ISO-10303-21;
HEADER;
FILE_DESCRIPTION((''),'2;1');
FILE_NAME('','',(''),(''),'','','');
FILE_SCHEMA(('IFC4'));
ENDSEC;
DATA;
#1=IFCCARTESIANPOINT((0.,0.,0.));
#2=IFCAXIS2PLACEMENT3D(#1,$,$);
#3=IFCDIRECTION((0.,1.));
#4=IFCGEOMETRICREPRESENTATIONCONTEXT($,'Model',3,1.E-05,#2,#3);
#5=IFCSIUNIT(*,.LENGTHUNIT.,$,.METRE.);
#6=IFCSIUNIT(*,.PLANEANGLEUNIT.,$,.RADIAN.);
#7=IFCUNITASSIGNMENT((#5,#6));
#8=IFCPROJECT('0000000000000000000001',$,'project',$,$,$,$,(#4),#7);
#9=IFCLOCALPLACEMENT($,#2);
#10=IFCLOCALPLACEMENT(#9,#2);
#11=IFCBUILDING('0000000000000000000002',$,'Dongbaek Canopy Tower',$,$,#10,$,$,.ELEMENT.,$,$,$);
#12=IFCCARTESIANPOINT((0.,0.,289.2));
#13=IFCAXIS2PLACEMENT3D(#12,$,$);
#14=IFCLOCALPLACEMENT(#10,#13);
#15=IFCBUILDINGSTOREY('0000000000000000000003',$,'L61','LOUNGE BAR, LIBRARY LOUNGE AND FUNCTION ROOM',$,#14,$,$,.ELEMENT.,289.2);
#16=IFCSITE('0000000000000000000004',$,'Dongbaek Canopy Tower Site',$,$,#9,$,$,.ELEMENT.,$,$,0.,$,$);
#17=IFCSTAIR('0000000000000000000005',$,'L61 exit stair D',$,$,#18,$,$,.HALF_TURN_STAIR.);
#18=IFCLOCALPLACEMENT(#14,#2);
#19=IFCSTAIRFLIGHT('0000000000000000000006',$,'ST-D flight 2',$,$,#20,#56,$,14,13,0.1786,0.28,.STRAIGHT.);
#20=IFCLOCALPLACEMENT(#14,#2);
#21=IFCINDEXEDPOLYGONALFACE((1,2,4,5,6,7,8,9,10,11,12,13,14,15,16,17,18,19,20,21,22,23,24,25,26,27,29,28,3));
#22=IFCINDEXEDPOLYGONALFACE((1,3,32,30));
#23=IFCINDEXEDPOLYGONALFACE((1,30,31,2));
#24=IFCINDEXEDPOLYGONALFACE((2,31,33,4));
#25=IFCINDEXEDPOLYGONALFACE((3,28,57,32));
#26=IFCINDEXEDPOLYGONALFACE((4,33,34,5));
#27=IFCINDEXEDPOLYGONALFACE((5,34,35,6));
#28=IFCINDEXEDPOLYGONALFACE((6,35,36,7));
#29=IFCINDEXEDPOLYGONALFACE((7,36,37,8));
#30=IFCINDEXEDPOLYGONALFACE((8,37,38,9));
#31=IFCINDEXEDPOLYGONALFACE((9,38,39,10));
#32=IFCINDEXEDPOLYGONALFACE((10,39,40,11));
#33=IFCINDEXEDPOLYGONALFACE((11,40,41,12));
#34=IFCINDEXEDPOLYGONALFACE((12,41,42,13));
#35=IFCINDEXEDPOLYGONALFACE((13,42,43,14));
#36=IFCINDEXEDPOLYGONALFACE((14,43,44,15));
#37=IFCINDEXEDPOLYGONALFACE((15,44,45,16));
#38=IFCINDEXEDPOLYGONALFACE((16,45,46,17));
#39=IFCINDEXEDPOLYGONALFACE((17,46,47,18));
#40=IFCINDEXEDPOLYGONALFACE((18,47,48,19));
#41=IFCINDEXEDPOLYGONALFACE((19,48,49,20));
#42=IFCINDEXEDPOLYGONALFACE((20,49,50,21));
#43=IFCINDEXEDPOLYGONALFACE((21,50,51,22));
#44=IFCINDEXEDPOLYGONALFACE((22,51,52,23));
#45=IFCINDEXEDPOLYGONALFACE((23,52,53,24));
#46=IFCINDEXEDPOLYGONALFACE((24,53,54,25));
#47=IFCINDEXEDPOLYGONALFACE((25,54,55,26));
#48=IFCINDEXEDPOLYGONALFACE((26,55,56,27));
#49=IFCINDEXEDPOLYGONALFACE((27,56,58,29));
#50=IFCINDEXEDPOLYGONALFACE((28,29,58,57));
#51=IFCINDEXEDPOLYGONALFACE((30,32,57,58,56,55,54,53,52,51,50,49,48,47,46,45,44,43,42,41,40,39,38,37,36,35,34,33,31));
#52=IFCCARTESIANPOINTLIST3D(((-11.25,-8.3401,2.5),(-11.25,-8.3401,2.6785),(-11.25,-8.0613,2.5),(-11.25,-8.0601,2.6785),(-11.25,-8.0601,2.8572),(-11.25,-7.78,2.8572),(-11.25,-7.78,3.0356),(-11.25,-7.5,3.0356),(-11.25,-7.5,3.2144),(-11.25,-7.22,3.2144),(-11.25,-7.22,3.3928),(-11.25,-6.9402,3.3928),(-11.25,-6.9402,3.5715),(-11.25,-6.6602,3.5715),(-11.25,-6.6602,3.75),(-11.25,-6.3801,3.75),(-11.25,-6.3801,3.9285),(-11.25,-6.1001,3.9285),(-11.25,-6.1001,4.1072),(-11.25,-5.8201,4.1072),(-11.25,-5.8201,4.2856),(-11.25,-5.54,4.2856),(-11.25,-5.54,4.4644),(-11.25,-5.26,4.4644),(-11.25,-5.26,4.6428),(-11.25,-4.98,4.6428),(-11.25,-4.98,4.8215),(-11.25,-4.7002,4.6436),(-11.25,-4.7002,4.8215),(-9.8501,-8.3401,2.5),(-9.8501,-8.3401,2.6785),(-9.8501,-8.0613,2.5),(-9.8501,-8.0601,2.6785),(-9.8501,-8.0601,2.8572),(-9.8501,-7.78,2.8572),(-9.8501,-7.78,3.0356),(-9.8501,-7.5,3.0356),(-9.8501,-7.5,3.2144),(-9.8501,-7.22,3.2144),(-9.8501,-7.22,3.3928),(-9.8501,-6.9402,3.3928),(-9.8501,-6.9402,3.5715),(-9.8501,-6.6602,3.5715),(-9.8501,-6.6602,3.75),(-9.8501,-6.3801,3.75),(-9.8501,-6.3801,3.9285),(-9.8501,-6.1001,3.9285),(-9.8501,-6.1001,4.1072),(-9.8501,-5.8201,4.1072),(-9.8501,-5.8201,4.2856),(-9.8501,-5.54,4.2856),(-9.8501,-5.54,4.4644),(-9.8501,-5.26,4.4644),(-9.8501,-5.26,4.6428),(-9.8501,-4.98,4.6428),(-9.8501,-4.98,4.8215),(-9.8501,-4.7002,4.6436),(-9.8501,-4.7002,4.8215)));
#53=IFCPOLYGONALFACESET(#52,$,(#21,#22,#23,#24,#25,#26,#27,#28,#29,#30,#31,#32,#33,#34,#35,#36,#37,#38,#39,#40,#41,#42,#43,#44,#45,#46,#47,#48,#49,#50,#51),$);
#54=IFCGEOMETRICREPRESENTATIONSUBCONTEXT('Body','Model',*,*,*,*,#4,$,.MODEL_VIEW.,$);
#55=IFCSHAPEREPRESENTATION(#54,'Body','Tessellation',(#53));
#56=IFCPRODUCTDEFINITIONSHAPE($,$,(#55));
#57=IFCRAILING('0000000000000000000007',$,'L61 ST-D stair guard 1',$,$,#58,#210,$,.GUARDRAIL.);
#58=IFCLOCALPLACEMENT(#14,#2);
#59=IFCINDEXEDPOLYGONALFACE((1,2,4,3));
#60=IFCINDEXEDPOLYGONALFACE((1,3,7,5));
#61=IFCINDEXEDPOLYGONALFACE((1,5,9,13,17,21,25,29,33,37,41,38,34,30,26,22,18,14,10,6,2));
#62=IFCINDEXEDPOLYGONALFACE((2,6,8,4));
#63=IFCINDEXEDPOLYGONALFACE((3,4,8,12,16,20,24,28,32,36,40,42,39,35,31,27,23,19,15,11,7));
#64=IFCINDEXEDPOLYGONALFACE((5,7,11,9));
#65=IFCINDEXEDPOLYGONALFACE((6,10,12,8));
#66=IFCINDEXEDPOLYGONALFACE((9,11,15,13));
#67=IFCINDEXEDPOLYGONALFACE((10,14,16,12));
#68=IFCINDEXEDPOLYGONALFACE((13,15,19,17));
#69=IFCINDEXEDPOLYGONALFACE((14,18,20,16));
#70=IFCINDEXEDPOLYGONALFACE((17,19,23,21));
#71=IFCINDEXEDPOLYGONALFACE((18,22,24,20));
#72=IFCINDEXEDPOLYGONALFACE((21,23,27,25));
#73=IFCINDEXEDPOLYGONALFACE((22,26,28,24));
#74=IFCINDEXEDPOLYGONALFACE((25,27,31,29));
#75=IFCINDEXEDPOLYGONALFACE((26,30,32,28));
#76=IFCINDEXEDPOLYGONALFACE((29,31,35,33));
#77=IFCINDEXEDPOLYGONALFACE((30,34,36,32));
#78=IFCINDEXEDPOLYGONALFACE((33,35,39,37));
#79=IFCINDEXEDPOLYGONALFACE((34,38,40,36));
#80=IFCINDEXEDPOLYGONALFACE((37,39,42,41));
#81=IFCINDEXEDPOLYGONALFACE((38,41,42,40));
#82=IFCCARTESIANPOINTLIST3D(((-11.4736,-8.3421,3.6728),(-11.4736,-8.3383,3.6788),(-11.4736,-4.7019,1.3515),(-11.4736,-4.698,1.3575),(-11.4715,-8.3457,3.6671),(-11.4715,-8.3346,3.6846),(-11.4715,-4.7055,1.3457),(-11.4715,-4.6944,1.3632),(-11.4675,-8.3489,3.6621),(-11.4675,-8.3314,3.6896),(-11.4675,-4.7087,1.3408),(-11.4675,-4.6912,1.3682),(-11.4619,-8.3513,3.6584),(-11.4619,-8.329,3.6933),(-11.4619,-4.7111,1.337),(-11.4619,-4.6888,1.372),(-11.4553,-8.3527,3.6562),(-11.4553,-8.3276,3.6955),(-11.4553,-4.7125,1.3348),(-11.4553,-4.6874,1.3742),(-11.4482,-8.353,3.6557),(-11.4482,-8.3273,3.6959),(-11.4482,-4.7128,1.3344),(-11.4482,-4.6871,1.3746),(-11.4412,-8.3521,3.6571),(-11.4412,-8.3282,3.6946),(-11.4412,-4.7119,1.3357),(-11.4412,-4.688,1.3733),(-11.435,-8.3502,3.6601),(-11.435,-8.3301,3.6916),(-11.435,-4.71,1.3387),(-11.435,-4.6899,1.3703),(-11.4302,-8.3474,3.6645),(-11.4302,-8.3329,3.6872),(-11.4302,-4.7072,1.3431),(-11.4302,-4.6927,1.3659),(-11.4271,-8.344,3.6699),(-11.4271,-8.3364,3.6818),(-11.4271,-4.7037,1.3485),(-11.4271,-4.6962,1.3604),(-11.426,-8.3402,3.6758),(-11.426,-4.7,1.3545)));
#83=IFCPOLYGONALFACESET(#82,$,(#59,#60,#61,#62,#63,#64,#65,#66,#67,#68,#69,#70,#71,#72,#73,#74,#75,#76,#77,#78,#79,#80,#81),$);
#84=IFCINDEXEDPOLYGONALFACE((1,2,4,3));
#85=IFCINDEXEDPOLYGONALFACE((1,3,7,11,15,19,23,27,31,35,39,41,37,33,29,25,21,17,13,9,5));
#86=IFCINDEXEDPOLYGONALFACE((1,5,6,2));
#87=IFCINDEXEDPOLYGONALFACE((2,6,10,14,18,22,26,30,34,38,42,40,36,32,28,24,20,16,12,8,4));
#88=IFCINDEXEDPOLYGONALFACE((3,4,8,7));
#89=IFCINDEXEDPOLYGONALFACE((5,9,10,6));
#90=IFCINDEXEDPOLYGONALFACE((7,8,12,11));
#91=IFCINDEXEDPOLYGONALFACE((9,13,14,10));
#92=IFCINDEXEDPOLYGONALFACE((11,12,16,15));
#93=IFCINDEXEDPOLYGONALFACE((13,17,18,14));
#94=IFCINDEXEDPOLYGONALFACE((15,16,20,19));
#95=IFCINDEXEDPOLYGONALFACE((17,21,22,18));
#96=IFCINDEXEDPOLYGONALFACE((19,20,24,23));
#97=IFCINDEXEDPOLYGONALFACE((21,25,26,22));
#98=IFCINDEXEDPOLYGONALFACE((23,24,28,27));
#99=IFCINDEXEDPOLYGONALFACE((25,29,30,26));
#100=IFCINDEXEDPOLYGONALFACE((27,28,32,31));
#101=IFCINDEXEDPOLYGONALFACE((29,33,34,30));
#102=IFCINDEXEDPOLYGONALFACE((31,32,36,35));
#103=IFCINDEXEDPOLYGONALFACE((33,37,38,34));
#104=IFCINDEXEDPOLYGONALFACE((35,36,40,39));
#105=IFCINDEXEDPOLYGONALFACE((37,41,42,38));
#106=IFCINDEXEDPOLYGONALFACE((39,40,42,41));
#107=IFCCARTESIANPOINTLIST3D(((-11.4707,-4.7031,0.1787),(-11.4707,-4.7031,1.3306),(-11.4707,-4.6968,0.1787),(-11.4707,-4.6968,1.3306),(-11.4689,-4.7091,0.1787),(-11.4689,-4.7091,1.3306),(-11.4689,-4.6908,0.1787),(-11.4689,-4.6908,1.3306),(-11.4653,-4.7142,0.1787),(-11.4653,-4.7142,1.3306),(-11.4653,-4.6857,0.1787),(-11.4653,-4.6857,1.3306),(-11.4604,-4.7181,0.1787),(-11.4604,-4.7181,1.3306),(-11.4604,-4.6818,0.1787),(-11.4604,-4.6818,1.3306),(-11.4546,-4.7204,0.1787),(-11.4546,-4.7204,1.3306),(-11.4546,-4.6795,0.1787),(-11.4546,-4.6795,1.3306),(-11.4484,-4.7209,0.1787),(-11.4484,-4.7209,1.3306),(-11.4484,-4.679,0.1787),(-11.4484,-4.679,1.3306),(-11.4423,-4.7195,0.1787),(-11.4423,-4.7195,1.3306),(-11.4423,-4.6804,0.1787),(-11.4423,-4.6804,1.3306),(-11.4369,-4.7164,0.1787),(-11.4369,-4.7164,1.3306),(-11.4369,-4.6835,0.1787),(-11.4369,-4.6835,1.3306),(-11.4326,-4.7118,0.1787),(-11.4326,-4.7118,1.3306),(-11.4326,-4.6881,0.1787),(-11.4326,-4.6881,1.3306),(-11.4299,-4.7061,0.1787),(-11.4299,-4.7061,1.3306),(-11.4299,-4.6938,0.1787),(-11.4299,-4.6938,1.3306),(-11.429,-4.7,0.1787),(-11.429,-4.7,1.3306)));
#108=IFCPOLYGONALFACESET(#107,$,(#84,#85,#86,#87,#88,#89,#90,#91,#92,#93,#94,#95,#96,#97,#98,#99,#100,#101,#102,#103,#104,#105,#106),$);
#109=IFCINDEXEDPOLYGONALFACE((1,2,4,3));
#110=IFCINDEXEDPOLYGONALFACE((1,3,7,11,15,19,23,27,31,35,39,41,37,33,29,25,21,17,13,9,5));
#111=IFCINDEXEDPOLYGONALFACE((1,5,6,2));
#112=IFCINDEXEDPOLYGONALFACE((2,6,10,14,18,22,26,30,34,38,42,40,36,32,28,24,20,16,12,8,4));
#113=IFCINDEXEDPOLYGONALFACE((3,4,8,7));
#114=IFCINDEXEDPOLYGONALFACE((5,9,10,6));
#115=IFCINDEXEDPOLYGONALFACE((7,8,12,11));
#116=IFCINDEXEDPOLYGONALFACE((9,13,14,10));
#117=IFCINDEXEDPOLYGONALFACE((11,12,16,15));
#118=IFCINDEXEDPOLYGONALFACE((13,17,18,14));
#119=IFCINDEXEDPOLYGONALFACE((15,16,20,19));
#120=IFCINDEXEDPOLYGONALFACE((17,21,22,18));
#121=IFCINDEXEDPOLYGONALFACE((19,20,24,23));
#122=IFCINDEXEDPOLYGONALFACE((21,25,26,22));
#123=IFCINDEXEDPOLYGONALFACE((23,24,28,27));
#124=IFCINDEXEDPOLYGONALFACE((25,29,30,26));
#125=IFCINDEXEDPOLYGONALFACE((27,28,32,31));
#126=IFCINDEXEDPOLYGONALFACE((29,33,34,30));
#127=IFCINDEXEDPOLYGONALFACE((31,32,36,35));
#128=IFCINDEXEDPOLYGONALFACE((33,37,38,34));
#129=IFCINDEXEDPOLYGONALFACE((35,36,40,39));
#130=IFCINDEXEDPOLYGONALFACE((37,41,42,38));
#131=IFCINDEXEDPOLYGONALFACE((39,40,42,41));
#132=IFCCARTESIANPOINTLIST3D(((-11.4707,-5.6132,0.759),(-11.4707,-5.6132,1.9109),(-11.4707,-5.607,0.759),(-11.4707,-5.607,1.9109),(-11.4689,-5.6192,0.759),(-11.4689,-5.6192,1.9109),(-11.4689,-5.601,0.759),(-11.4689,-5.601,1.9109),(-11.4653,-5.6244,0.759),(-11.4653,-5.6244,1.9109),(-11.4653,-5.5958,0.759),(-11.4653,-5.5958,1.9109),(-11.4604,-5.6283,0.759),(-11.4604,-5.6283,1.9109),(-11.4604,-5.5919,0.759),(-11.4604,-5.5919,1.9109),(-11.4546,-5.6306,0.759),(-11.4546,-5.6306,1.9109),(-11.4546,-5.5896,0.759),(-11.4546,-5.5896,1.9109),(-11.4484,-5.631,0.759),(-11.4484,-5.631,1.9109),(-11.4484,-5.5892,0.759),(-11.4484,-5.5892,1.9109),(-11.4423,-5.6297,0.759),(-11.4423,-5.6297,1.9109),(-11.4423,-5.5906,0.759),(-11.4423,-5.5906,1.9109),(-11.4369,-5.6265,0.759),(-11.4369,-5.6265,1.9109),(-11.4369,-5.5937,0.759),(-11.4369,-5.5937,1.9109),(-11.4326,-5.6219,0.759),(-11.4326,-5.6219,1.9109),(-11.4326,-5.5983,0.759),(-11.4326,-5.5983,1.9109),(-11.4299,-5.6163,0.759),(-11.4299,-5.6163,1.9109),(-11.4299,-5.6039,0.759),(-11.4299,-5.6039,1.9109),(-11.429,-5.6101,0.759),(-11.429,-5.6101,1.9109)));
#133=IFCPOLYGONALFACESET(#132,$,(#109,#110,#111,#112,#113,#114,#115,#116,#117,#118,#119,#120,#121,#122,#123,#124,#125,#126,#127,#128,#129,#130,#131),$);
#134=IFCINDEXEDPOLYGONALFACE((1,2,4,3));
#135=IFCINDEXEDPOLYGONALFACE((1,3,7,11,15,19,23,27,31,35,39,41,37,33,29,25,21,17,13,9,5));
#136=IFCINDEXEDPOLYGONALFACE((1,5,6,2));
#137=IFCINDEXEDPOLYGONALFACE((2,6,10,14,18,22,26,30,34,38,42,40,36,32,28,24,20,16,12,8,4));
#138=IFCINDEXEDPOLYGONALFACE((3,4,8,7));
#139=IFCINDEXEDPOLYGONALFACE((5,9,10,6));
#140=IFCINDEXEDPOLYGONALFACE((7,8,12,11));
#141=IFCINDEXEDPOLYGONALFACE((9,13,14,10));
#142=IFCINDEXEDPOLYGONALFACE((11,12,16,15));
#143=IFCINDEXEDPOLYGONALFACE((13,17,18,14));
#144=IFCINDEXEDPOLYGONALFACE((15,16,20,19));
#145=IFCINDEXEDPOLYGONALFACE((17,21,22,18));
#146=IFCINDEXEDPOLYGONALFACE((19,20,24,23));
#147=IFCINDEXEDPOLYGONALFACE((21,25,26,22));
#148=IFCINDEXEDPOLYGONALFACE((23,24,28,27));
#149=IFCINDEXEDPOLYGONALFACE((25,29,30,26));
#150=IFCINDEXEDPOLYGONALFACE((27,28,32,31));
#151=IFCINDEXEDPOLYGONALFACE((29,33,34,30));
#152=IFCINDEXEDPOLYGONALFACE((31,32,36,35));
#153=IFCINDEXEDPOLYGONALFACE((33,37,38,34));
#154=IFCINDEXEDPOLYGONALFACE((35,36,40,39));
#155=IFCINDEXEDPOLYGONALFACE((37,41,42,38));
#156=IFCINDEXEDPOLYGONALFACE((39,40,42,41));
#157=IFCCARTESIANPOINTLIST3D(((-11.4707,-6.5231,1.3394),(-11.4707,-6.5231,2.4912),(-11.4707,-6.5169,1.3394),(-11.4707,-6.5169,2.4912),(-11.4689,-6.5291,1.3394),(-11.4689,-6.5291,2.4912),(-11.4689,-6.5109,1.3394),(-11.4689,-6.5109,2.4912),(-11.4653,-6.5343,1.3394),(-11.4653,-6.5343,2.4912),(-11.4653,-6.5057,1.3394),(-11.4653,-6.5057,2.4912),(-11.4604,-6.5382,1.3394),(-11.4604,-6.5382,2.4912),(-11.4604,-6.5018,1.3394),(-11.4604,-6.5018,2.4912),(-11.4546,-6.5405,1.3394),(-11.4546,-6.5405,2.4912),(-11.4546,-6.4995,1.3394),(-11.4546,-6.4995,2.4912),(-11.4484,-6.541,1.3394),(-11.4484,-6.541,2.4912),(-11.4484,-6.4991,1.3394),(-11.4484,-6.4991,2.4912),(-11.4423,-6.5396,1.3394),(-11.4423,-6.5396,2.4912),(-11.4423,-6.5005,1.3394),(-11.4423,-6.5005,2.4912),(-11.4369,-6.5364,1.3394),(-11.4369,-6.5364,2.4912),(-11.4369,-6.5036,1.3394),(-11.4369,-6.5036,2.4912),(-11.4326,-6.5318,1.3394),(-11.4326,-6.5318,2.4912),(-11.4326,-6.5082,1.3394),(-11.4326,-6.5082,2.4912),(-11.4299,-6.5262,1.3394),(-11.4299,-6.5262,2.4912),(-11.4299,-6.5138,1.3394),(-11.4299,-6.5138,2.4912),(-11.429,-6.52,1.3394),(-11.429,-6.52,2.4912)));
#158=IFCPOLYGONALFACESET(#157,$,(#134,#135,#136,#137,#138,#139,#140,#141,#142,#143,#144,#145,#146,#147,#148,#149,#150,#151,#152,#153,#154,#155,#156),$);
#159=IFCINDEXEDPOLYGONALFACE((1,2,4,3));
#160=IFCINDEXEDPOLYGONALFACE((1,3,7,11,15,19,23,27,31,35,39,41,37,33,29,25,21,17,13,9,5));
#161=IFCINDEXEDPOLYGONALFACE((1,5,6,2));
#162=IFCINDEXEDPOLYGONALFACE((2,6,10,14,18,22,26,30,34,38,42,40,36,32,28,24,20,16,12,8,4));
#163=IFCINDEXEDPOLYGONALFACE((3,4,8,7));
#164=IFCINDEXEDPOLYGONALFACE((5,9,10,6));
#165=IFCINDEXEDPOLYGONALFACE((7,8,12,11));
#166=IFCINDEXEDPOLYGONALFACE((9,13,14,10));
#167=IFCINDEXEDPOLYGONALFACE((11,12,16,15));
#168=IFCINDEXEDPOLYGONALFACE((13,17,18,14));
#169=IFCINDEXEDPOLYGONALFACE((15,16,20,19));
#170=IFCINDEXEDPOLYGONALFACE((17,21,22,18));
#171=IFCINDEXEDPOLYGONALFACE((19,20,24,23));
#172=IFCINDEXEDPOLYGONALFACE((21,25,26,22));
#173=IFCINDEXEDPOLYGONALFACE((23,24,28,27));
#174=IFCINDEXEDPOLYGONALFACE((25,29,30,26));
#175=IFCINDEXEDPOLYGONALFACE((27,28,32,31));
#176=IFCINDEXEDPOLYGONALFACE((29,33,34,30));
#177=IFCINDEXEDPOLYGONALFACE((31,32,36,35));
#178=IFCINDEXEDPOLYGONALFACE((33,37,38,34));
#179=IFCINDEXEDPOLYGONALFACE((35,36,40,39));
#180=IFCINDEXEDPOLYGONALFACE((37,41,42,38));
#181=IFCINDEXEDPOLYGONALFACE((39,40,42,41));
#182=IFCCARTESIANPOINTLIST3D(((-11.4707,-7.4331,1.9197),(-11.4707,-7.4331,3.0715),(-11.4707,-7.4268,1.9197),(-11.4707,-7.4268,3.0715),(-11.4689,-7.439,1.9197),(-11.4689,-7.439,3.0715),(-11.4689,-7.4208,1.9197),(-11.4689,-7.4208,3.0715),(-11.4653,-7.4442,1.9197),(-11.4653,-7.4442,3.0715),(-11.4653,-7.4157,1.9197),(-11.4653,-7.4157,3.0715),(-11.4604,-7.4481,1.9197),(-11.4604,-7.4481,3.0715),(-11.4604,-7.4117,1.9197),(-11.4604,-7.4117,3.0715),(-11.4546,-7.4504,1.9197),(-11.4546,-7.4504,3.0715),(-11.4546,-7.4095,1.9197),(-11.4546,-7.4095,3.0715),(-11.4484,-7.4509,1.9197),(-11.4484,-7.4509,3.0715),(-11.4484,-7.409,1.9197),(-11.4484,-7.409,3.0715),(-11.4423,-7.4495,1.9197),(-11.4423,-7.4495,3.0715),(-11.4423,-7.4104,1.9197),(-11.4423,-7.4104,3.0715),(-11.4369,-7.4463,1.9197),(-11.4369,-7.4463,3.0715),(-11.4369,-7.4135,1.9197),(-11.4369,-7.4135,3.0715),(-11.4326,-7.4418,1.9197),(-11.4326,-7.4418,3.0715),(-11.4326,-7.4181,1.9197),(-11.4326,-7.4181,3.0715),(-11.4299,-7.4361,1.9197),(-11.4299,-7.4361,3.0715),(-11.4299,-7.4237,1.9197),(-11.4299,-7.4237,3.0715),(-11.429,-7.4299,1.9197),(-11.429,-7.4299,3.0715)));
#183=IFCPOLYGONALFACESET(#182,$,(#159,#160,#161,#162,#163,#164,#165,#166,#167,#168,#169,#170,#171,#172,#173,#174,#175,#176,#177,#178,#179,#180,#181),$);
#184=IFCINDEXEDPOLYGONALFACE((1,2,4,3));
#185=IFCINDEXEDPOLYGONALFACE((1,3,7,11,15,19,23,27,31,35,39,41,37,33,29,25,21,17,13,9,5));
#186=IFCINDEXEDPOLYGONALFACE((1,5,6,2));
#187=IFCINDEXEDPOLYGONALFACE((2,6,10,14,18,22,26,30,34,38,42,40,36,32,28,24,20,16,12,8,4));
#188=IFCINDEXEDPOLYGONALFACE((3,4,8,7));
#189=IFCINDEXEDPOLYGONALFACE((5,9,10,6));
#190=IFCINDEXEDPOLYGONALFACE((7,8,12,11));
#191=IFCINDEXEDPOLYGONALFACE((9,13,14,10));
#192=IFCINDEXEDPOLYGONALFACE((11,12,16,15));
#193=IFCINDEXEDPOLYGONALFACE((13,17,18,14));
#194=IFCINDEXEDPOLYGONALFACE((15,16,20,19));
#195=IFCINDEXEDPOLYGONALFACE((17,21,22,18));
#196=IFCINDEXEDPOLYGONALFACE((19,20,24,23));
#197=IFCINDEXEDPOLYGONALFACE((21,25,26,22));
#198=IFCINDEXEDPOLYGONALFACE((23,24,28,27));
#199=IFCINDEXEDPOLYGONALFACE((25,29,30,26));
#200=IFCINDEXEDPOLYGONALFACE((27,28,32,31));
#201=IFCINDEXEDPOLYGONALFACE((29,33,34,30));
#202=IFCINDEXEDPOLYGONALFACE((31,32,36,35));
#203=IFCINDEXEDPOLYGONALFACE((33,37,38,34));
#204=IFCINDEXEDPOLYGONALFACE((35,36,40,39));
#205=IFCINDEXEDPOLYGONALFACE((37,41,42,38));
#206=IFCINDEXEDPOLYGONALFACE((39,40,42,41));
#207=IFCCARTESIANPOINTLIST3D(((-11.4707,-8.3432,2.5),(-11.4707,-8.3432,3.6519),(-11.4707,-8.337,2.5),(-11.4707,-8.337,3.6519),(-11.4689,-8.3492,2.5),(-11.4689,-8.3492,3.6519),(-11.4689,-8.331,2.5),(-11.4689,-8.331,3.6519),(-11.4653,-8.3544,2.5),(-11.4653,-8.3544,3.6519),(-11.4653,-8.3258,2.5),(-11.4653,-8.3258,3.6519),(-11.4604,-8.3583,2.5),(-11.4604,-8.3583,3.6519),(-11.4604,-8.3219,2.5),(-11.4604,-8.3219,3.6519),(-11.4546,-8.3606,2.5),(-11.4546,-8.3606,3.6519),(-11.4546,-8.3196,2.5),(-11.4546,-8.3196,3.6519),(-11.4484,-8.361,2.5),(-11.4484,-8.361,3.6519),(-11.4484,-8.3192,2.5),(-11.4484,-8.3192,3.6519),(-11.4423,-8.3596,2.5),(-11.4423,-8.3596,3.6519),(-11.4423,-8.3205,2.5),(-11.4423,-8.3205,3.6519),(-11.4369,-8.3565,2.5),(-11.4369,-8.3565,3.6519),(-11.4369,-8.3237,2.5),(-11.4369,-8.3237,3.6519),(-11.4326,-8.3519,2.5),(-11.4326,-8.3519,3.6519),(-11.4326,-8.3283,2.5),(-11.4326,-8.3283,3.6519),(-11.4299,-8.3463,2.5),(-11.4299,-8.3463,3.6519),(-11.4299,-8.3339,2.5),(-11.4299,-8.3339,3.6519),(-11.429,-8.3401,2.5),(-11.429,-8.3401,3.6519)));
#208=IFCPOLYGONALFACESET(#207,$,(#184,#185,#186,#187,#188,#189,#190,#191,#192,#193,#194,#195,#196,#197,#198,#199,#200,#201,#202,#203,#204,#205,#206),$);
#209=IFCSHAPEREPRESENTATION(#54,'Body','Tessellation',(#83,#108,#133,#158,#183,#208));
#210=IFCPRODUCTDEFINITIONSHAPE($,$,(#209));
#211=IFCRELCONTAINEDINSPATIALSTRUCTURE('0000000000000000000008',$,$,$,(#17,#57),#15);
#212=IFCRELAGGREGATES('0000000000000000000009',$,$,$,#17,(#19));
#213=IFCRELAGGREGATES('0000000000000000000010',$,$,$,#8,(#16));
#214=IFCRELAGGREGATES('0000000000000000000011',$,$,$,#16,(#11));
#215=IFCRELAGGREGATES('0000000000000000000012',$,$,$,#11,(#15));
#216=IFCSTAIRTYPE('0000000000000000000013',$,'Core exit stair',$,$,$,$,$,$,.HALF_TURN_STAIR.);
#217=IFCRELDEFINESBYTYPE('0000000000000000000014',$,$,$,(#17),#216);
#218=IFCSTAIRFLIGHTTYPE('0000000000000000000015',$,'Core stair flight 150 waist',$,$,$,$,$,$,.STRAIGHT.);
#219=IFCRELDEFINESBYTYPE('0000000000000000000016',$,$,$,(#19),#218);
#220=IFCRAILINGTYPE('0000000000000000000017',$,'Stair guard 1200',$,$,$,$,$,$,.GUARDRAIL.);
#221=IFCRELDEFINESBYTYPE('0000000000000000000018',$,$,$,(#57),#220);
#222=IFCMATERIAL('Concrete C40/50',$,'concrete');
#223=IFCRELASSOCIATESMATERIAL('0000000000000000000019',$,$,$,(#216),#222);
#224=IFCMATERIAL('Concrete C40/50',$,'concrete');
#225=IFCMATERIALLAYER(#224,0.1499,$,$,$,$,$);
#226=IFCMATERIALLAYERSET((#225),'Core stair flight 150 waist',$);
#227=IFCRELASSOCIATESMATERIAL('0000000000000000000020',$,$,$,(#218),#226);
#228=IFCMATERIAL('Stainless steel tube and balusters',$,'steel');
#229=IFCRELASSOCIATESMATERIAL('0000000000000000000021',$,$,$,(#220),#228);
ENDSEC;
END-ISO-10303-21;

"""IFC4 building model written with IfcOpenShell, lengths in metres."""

from ifc_helpers import new_model, si_unit, direction, frame, origin, origin_2d, place, context, subcontext, project, spatial, polyline, circle, outline, extrude, material, layer, layer_set, type_object, element, aggregate, save


model = new_model("IFC4")

# Units and contexts
model_context = context("Model", 3, precision=1e-05, world=origin(), true_north=direction((0.0, 1.0)))
body_context = subcontext(model_context, "Body", "Model", "MODEL_VIEW")
ifc_project = project(units=[si_unit("LENGTHUNIT", "METRE"), si_unit("PLANEANGLEUNIT", "RADIAN")], contexts=[model_context])

# Site, building, storey
site_placement = place(None, origin())
site = spatial("IfcSite", under=ifc_project, at=site_placement, Name="Dongbaek Canopy Tower Site", CompositionType="ELEMENT", RefElevation=0.0)
building_placement = place(site_placement, origin())
building = spatial("IfcBuilding", under=site, at=building_placement, Name="Dongbaek Canopy Tower", CompositionType="ELEMENT")
storey_placement = place(building_placement, frame((0.0, 0.0, 289.2)))
storey = spatial("IfcBuildingStorey", under=building, at=storey_placement, Name="L61", Description="LOUNGE BAR, LIBRARY LOUNGE AND FUNCTION ROOM", CompositionType="ELEMENT", Elevation=289.2)

# Stair, stair flight
ifc_material_1 = material(Name="Concrete C40/50", Category="concrete")
stair_type = type_object("IfcStairType", Name="Core exit stair", PredefinedType="HALF_TURN_STAIR", material=ifc_material_1)
stair_placement = place(storey_placement, origin())
stair = element("IfcStair", 1, at=stair_placement, inside=storey, type_object=stair_type, Name="L61 exit stair D", PredefinedType="HALF_TURN_STAIR")
ifc_material_2 = material(Name="Concrete C40/50", Category="concrete")
ifc_layer_1 = layer(ifc_material_2, 0.1499)
ifc_layer_set_1 = layer_set([ifc_layer_1], Name="Core stair flight 150 waist")
stair_flight_type = type_object("IfcStairFlightType", Name="Core stair flight 150 waist", PredefinedType="STRAIGHT", material=ifc_layer_set_1)
stair_flight_1_placement = place(storey_placement, frame((-10.55, -8.3401, 2.5), z_axis=(0.0, 0.0, 1.0), x_axis=(0.0, 1.0, 0.0)))
stair_flight_1 = element("IfcStairFlight", 2, at=stair_flight_1_placement, type_object=stair_flight_type, Name="ST-D flight 2", NumberOfRisers=14, NumberOfTreads=13, PredefinedType="STRAIGHT", RiserHeight=0.1786, TreadLength=0.28, context=body_context, shape_type="SweptSolid", body=[
    extrude(outline(polyline([(0.0, 0.0), (0.0, 0.1785), (0.28, 0.1785), (0.28, 0.3572), (0.5601, 0.3572), (0.5601, 0.5356), (0.8401, 0.5356), (0.8401, 0.7144), (1.1201, 0.7144), (1.1201, 0.8928), (1.3999, 0.8928), (1.3999, 1.0715), (1.6799, 1.0715), (1.6799, 1.25), (1.96, 1.25), (1.96, 1.4285), (2.24, 1.4285), (2.24, 1.6072), (2.52, 1.6072), (2.52, 1.7856), (2.8, 1.7856), (2.8, 1.9644), (3.0801, 1.9644), (3.0801, 2.1428), (3.3601, 2.1428), (3.3601, 2.3215), (3.6399, 2.3215), (3.6399, 2.5), (3.6399, 2.1436), (0.2788, 0.0), (0.0, 0.0)])), frame((0.0, 0.7, 0.0), z_axis=(0.0, -1.0, 0.0), x_axis=(1.0, 0.0, 0.0)), (0.0, 0.0, 1.0), 1.3999),
])
aggregate(stair, [stair_flight_1])

# Railing
ifc_material_3 = material(Name="Stainless steel tube and balusters", Category="steel")
railing_type_1 = type_object("IfcRailingType", Name="Stair guard 1200", PredefinedType="GUARDRAIL", material=ifc_material_3)
railing_1_placement = place(storey_placement, frame((-11.45, -4.7, 0.1787)))
element("IfcRailing", 3, at=railing_1_placement, inside=storey, type_object=railing_type_1, Name="L61 ST-D stair guard 1", PredefinedType="GUARDRAIL", context=body_context, shape_type="SweptSolid", body=[
    extrude(circle(Radius=0.0239, at=origin_2d()), frame((0.0, 0.0, 1.1758), z_axis=(0.0, -0.843153, 0.537673), x_axis=(1.0, 0.0, 0.0)), (0.0, 0.0, 1.0), 4.3174),
    extrude(circle(Radius=0.021, at=origin_2d()), origin(), (0.0, 0.0, 1.0), 1.1519),
    extrude(circle(Radius=0.021, at=origin_2d()), frame((0.0, -0.9102, 0.5803)), (0.0, 0.0, 1.0), 1.1519),
    extrude(circle(Radius=0.021, at=origin_2d()), frame((0.0, -1.8201, 1.1606)), (0.0, 0.0, 1.0), 1.1519),
    extrude(circle(Radius=0.021, at=origin_2d()), frame((0.0, -2.73, 1.741)), (0.0, 0.0, 1.0), 1.1519),
    extrude(circle(Radius=0.021, at=origin_2d()), frame((0.0, -3.6401, 2.3213)), (0.0, 0.0, 1.0), 1.1519),
])

save(model, "model.ifc")
